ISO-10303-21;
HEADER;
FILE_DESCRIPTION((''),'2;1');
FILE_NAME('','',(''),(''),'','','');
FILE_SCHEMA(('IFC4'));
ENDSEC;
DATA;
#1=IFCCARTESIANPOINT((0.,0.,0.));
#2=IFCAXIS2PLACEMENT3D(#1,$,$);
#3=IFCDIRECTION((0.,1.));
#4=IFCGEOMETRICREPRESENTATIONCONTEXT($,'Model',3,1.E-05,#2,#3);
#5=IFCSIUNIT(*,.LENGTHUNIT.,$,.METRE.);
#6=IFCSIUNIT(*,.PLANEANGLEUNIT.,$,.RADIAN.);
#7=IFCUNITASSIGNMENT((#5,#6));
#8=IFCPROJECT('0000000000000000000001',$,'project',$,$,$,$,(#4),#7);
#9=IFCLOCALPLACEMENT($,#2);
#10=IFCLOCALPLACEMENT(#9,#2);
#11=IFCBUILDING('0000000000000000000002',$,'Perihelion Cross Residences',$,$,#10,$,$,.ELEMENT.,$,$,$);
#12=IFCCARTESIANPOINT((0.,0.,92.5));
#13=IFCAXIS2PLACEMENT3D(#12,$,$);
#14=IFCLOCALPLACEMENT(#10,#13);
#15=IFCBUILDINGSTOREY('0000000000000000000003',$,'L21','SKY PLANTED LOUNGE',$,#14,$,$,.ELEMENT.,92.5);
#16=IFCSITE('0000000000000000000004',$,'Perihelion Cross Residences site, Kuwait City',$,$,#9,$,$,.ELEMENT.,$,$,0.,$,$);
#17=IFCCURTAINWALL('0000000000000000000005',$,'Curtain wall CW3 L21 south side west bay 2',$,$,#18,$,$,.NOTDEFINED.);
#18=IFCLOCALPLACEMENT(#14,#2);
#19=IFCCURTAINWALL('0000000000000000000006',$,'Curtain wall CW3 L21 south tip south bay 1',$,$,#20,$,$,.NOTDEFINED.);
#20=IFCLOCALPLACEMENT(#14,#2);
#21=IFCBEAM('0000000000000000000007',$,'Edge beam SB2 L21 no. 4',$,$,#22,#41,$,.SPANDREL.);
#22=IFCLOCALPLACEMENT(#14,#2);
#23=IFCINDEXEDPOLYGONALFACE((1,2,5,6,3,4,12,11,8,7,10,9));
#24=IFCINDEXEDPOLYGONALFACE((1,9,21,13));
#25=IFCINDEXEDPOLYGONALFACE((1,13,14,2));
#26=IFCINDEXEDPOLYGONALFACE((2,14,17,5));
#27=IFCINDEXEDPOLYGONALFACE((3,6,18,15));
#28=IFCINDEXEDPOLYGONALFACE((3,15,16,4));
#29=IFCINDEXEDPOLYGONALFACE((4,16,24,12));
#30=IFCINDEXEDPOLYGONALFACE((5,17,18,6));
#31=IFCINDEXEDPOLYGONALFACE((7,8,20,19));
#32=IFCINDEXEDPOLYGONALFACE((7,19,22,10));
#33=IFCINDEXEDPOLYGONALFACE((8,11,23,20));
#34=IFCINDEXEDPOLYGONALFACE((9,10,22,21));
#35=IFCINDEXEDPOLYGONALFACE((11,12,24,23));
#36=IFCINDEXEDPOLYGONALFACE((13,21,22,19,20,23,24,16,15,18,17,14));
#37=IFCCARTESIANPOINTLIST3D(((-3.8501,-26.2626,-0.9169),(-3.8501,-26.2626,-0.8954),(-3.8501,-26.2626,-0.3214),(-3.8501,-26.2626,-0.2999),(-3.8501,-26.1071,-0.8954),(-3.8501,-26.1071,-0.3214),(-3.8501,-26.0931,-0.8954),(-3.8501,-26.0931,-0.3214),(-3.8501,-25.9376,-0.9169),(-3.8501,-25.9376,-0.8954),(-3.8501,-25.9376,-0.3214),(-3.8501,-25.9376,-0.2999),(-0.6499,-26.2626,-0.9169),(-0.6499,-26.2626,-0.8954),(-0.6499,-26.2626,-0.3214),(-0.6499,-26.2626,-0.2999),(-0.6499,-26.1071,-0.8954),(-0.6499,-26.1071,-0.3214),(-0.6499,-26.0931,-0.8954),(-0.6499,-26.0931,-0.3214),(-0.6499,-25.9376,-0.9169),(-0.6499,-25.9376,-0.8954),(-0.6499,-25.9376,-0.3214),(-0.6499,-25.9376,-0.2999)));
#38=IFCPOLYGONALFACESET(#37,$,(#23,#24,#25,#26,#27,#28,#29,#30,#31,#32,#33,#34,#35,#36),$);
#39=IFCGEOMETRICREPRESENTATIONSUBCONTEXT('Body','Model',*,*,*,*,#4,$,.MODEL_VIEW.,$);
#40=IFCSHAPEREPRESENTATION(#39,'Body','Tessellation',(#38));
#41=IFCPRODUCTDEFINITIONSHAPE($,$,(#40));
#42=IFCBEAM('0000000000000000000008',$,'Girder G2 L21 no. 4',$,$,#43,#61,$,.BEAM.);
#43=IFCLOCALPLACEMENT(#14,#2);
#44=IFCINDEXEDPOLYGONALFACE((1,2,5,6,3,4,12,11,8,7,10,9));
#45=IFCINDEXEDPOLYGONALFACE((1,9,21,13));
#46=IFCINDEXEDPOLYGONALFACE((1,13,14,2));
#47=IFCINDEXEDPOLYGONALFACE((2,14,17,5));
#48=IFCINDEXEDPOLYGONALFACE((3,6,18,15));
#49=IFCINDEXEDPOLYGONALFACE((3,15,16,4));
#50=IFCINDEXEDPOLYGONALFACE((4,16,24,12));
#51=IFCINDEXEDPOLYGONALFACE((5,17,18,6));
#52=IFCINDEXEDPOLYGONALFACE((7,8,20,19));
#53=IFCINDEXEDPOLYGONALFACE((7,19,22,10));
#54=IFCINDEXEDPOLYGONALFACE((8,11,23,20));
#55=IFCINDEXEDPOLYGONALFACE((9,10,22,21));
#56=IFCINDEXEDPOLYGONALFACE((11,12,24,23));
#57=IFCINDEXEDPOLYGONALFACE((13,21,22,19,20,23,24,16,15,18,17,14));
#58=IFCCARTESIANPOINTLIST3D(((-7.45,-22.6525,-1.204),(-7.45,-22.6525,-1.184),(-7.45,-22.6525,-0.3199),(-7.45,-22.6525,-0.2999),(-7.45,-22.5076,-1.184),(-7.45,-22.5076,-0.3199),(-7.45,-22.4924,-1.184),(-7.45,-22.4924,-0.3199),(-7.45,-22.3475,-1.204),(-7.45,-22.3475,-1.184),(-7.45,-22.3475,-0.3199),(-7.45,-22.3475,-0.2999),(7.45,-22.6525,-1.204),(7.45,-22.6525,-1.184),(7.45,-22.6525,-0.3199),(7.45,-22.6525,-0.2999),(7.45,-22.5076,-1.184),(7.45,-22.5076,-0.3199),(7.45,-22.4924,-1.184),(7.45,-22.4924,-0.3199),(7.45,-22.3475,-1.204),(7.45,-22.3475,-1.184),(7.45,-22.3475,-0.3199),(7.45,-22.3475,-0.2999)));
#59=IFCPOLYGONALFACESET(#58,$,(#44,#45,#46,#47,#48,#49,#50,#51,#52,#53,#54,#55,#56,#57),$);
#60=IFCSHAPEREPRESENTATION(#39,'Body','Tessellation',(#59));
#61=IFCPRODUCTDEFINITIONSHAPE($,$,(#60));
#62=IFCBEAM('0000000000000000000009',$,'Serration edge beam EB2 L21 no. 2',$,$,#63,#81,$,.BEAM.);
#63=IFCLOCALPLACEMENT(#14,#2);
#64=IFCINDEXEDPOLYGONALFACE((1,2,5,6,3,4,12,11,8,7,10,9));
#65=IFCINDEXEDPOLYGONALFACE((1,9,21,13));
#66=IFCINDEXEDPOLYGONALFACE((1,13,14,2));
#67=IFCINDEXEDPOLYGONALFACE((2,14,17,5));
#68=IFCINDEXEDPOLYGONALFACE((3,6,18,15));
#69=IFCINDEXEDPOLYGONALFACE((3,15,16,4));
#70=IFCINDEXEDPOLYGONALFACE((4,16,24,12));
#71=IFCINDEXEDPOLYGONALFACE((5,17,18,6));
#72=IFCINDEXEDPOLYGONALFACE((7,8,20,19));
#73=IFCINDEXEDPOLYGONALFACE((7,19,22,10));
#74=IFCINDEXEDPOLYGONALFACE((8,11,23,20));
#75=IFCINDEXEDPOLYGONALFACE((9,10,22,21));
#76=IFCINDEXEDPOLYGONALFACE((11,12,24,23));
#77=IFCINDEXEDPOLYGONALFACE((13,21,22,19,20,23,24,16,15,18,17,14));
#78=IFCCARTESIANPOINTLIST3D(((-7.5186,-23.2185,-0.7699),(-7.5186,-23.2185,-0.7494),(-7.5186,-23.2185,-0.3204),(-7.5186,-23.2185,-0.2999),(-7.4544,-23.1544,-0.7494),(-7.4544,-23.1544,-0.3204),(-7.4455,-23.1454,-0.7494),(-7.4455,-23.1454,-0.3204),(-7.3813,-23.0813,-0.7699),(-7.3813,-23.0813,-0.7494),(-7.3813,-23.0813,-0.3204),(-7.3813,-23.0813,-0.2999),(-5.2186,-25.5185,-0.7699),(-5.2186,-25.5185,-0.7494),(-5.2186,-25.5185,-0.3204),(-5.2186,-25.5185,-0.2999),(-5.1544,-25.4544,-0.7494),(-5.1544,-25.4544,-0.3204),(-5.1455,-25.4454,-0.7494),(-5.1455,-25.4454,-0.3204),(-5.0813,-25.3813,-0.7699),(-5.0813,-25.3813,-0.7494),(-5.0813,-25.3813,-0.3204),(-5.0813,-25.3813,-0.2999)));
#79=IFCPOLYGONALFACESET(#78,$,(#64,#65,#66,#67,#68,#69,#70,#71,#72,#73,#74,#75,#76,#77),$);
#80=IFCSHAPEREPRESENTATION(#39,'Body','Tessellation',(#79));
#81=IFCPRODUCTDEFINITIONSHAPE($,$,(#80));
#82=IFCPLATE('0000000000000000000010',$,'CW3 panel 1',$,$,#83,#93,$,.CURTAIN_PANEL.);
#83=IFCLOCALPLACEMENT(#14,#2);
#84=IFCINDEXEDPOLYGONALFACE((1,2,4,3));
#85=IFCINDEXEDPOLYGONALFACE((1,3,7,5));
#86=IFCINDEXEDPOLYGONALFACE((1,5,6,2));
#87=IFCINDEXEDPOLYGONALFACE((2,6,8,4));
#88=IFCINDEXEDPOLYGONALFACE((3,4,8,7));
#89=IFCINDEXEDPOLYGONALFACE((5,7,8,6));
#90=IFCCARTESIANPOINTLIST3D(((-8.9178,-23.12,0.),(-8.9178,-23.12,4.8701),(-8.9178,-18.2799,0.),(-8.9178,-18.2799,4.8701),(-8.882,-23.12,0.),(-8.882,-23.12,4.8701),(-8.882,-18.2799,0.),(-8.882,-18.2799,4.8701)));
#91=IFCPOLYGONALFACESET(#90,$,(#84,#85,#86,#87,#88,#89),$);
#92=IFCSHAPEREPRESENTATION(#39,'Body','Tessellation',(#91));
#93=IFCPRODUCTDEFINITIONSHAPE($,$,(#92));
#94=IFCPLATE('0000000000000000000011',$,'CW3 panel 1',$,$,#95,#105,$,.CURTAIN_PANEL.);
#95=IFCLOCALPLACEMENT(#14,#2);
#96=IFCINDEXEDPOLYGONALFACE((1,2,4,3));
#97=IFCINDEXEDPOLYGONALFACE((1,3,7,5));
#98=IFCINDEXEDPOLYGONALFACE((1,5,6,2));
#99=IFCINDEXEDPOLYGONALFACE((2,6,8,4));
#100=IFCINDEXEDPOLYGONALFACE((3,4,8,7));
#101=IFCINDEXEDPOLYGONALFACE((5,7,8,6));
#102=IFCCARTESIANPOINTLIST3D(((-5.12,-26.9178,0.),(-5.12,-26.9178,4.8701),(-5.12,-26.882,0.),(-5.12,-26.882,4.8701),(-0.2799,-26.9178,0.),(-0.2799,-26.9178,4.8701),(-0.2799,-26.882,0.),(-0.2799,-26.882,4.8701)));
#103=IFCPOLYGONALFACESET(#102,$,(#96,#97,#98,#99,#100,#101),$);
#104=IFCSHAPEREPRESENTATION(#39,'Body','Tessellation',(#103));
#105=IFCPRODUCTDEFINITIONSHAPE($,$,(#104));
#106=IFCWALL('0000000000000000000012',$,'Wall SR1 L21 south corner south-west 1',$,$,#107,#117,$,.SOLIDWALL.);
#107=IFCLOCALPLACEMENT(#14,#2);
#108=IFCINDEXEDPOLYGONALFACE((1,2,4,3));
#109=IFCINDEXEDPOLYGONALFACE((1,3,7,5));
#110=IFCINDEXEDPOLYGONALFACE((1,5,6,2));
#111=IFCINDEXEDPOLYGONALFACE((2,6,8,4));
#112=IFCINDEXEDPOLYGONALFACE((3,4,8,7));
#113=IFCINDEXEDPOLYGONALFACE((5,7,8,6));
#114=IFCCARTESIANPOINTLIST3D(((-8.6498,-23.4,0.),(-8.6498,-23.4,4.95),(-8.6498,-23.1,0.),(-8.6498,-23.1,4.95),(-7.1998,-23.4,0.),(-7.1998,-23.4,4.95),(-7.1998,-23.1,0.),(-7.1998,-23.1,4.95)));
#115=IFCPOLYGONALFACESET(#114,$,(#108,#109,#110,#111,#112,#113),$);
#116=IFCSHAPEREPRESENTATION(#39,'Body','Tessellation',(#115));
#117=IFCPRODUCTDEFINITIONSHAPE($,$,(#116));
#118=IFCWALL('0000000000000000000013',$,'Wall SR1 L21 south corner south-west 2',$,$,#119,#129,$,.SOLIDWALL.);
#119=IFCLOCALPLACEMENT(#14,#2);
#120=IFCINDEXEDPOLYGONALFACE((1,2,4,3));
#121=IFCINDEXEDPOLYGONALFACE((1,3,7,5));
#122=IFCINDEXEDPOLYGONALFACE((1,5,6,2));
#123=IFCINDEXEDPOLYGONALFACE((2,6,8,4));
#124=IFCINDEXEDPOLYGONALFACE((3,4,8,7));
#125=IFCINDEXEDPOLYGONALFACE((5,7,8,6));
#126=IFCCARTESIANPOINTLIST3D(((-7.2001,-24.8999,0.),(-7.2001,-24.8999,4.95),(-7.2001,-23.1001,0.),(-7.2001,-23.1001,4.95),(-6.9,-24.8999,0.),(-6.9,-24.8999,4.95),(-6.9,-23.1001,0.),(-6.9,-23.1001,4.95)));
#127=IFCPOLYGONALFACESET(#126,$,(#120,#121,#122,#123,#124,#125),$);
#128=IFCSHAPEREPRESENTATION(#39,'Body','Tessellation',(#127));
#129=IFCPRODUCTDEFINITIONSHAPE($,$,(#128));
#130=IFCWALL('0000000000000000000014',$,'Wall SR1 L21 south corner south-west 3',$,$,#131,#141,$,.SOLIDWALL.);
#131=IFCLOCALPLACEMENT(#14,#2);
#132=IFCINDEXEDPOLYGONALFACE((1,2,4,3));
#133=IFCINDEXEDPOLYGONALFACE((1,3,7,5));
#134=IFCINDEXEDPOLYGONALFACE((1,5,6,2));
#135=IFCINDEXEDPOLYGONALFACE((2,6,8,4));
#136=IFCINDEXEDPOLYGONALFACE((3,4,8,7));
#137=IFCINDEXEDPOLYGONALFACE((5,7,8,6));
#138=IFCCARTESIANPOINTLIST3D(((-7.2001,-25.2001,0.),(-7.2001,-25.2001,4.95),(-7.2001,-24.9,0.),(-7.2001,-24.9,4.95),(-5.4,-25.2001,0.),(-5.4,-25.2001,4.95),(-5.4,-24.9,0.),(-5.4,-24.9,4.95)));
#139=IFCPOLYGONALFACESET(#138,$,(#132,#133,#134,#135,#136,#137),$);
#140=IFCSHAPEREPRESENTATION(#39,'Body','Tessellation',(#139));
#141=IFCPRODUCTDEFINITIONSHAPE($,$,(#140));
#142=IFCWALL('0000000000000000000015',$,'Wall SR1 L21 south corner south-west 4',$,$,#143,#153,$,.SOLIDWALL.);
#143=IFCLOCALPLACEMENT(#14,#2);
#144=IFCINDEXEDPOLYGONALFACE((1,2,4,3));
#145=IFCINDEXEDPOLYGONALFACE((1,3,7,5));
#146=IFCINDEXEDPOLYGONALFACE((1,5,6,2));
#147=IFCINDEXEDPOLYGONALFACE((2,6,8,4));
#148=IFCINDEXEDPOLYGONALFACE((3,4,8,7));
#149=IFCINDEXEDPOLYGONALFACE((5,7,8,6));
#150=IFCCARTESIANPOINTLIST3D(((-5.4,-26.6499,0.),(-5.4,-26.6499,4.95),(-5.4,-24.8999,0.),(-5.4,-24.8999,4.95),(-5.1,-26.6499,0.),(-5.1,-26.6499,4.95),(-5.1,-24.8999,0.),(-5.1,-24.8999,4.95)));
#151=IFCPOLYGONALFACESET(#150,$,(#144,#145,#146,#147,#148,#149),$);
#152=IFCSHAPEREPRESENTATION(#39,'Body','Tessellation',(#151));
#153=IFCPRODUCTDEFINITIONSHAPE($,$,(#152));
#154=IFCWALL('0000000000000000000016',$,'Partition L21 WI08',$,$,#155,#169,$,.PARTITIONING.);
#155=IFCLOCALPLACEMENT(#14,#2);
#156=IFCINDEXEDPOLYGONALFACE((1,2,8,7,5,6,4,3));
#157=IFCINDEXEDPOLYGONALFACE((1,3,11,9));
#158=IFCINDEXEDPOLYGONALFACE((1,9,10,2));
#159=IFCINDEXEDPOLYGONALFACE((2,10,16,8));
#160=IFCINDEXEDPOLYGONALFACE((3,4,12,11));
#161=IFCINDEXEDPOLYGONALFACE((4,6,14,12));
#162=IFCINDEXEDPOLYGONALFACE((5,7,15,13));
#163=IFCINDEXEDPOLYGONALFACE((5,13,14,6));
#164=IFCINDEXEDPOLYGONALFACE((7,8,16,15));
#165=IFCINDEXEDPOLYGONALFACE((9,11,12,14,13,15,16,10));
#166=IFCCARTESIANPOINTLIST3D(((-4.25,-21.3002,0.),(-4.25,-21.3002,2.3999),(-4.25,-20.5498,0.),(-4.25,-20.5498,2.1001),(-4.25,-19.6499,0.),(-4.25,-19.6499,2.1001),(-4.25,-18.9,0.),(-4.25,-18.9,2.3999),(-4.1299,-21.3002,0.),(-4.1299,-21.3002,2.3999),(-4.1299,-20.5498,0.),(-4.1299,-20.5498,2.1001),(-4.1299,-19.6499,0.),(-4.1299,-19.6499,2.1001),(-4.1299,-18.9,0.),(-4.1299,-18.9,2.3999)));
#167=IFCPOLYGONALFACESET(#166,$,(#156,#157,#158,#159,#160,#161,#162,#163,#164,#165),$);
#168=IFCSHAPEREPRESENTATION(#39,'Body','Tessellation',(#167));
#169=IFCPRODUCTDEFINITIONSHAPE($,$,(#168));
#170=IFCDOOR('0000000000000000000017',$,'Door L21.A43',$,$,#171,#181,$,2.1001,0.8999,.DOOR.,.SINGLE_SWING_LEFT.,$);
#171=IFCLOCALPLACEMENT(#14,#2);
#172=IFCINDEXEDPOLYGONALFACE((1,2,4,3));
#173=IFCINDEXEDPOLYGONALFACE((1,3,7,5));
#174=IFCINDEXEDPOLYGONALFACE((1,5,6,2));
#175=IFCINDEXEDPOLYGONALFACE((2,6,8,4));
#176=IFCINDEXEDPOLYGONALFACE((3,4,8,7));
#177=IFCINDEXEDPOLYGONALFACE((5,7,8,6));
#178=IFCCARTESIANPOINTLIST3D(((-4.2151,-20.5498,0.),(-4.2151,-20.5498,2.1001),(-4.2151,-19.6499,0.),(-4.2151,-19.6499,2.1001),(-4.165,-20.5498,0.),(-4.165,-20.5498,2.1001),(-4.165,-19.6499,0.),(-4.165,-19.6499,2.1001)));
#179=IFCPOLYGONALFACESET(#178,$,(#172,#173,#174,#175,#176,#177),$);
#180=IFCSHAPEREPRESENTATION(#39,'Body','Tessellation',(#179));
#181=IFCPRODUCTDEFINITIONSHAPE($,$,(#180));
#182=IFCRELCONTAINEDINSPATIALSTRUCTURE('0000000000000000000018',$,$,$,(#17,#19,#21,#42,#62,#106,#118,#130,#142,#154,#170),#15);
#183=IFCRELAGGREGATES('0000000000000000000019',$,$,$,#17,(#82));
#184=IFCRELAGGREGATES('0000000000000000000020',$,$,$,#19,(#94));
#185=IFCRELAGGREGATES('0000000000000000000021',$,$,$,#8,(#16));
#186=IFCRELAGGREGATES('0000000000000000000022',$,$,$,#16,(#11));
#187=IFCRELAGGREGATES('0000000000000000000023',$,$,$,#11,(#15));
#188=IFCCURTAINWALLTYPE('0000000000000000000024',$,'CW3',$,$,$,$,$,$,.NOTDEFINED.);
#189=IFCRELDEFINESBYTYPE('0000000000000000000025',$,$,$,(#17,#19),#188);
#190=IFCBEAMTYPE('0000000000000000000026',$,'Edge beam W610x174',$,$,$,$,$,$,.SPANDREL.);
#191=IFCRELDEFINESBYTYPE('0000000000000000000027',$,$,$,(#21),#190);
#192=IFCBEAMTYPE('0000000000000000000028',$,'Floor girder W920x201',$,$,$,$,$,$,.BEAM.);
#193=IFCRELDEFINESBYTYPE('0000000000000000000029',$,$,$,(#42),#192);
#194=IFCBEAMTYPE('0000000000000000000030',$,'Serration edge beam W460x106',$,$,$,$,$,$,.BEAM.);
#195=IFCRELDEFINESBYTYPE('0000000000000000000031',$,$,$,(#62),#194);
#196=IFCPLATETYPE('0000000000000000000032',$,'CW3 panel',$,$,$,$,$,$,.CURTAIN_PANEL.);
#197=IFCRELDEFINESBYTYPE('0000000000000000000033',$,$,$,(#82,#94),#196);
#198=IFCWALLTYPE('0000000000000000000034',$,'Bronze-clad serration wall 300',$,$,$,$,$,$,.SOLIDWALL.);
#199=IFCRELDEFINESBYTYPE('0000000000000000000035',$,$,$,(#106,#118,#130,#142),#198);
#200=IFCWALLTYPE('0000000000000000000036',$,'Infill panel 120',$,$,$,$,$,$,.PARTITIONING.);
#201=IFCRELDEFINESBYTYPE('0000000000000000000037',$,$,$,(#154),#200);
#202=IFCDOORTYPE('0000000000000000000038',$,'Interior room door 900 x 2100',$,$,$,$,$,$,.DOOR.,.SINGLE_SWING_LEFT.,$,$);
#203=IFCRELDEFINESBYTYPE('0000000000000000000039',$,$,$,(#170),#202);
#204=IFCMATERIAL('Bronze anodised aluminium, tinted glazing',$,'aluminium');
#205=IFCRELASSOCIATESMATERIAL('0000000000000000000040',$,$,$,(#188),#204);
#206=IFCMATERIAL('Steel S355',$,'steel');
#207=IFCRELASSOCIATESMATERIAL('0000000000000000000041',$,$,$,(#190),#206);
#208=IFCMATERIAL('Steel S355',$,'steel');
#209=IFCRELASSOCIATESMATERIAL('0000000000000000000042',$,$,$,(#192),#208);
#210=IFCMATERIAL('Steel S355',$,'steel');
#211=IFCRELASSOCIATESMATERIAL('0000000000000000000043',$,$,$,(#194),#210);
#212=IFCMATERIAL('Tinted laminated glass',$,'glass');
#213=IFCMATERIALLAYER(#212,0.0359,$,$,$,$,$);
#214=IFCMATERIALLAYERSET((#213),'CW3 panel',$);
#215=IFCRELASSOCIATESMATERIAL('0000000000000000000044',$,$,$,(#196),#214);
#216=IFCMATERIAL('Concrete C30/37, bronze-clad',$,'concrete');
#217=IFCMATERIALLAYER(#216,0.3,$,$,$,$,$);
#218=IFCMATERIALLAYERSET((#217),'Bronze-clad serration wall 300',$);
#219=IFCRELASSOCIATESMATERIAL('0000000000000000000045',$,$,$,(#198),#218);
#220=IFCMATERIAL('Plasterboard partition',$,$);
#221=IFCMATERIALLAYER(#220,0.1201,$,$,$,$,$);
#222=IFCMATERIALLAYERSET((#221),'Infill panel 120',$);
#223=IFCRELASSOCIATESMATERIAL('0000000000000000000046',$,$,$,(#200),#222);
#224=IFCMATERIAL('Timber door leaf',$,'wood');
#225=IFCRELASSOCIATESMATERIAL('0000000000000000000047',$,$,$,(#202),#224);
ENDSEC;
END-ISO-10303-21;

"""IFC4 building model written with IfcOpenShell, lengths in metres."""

from ifc_helpers import new_model, si_unit, direction, frame, frame_2d, origin, origin_2d, place, context, subcontext, project, spatial, rectangle, i_section, extrude, material, layer, layer_set, material_profile, profile_set, type_object, element, fill, aggregate, save


model = new_model("IFC4")

# Units and contexts
model_context = context("Model", 3, precision=1e-05, world=origin(), true_north=direction((0.0, 1.0)))
body_context = subcontext(model_context, "Body", "Model", "MODEL_VIEW")
ifc_project = project(units=[si_unit("LENGTHUNIT", "METRE"), si_unit("PLANEANGLEUNIT", "RADIAN")], contexts=[model_context])

# Site, building, storey
site_placement = place(None, origin())
site = spatial("IfcSite", under=ifc_project, at=site_placement, Name="Perihelion Cross Residences site, Kuwait City", CompositionType="ELEMENT", RefElevation=0.0)
building_placement = place(site_placement, origin())
building = spatial("IfcBuilding", under=site, at=building_placement, Name="Perihelion Cross Residences", CompositionType="ELEMENT")
storey_placement = place(building_placement, frame((0.0, 0.0, 92.5)))
storey = spatial("IfcBuildingStorey", under=building, at=storey_placement, Name="L21", Description="SKY PLANTED LOUNGE", CompositionType="ELEMENT", Elevation=92.5)

# Curtain walls
ifc_material_1 = material(Name="Bronze anodised aluminium, tinted glazing", Category="aluminium")
curtain_wall_type = type_object("IfcCurtainWallType", Name="CW3", PredefinedType="NOTDEFINED", material=ifc_material_1)
curtain_wall_1_placement = place(storey_placement, origin())
curtain_wall_1 = element("IfcCurtainWall", 1, at=curtain_wall_1_placement, inside=storey, type_object=curtain_wall_type, Name="Curtain wall CW3 L21 south side west bay 2", PredefinedType="NOTDEFINED")
curtain_wall_2_placement = place(storey_placement, origin())
curtain_wall_2 = element("IfcCurtainWall", 2, at=curtain_wall_2_placement, inside=storey, type_object=curtain_wall_type, Name="Curtain wall CW3 L21 south tip south bay 1", PredefinedType="NOTDEFINED")

# Beams
ifc_material_2 = material(Name="Steel S355", Category="steel")
ifc_material_profile_1 = material_profile(ifc_material_2, i_section(OverallWidth=0.325, OverallDepth=0.6169, WebThickness=0.0139, FlangeThickness=0.0215, at=origin_2d()), Name="W610x174")
ifc_profile_set_1 = profile_set([ifc_material_profile_1], Name="Steel S355")
beam_type_1 = type_object("IfcBeamType", Name="Edge beam W610x174", PredefinedType="SPANDREL", material=ifc_profile_set_1)
beam_1_placement = place(storey_placement, frame((-3.8501, -26.1001, -0.6084), z_axis=(1.0, 0.0, 0.0), x_axis=(0.0, 1.0, 0.0)))
element("IfcBeam", 3, at=beam_1_placement, inside=storey, type_object=beam_type_1, Name="Edge beam SB2 L21 no. 4", PredefinedType="SPANDREL", context=body_context, shape_type="SweptSolid", body=[
    extrude(i_section(OverallWidth=0.325, OverallDepth=0.6169, WebThickness=0.0139, FlangeThickness=0.0215, at=origin_2d()), origin(), (0.0, 0.0, 1.0), 3.2002),
])
ifc_material_3 = material(Name="Steel S355", Category="steel")
ifc_material_profile_2 = material_profile(ifc_material_3, i_section(OverallWidth=0.3049, OverallDepth=0.9041, WebThickness=0.0151, FlangeThickness=0.02, at=origin_2d()), Name="W920x201")
ifc_profile_set_2 = profile_set([ifc_material_profile_2], Name="Steel S355")
beam_type_2 = type_object("IfcBeamType", Name="Floor girder W920x201", PredefinedType="BEAM", material=ifc_profile_set_2)
beam_2_placement = place(storey_placement, frame((-7.45, -22.5, -0.752), z_axis=(1.0, 0.0, 0.0), x_axis=(0.0, 1.0, 0.0)))
element("IfcBeam", 4, at=beam_2_placement, inside=storey, type_object=beam_type_2, Name="Girder G2 L21 no. 4", PredefinedType="BEAM", context=body_context, shape_type="SweptSolid", body=[
    extrude(i_section(OverallWidth=0.3049, OverallDepth=0.9041, WebThickness=0.0151, FlangeThickness=0.02, at=origin_2d()), origin(), (0.0, 0.0, 1.0), 14.8999),
])
ifc_material_4 = material(Name="Steel S355", Category="steel")
ifc_material_profile_3 = material_profile(ifc_material_4, i_section(OverallWidth=0.1941, OverallDepth=0.47, WebThickness=0.0127, FlangeThickness=0.0205, at=origin_2d()), Name="W460x106")
ifc_profile_set_3 = profile_set([ifc_material_profile_3], Name="Steel S355")
beam_type_3 = type_object("IfcBeamType", Name="Serration edge beam W460x106", PredefinedType="BEAM", material=ifc_profile_set_3)
beam_3_placement = place(storey_placement, frame((-7.45, -23.1499, -0.5349), z_axis=(0.707107, -0.707107, 0.0), x_axis=(0.707107, 0.707107, 0.0)))
element("IfcBeam", 5, at=beam_3_placement, inside=storey, type_object=beam_type_3, Name="Serration edge beam EB2 L21 no. 2", PredefinedType="BEAM", context=body_context, shape_type="SweptSolid", body=[
    extrude(i_section(OverallWidth=0.1941, OverallDepth=0.47, WebThickness=0.0127, FlangeThickness=0.0205, at=origin_2d()), origin(), (0.0, 0.0, 1.0), 3.2527),
])

# Plates
ifc_material_5 = material(Name="Tinted laminated glass", Category="glass")
ifc_layer_1 = layer(ifc_material_5, 0.0359)
ifc_layer_set_1 = layer_set([ifc_layer_1], Name="CW3 panel")
plate_type = type_object("IfcPlateType", Name="CW3 panel", PredefinedType="CURTAIN_PANEL", material=ifc_layer_set_1)
plate_1_placement = place(storey_placement, frame((-8.8999, -20.7, 0.0), z_axis=(0.0, 0.0, 1.0), x_axis=(0.0, -1.0, 0.0)))
plate_1 = element("IfcPlate", 6, at=plate_1_placement, type_object=plate_type, Name="CW3 panel 1", PredefinedType="CURTAIN_PANEL", context=body_context, shape_type="SweptSolid", body=[
    extrude(rectangle(XDim=4.8401, YDim=0.0359, at=origin_2d()), origin(), (0.0, 0.0, 1.0), 4.8701),
])
aggregate(curtain_wall_1, [plate_1])
plate_2_placement = place(storey_placement, frame((-2.7, -26.8999, 0.0), z_axis=(0.0, 0.0, 1.0), x_axis=(1.0, 0.0, 0.0)))
plate_2 = element("IfcPlate", 7, at=plate_2_placement, type_object=plate_type, Name="CW3 panel 1", PredefinedType="CURTAIN_PANEL", context=body_context, shape_type="SweptSolid", body=[
    extrude(rectangle(XDim=4.8401, YDim=0.0359, at=origin_2d()), origin(), (0.0, 0.0, 1.0), 4.8701),
])
aggregate(curtain_wall_2, [plate_2])

# Walls
ifc_material_6 = material(Name="Concrete C30/37, bronze-clad", Category="concrete")
ifc_layer_2 = layer(ifc_material_6, 0.3)
ifc_layer_set_2 = layer_set([ifc_layer_2], Name="Bronze-clad serration wall 300")
wall_type_1 = type_object("IfcWallType", Name="Bronze-clad serration wall 300", PredefinedType="SOLIDWALL", material=ifc_layer_set_2)
wall_1_placement = place(storey_placement, frame((-8.6499, -23.25, 0.0), z_axis=(0.0, 0.0, 1.0), x_axis=(1.0, 0.0, 0.0)))
element("IfcWall", 8, at=wall_1_placement, inside=storey, type_object=wall_type_1, Name="Wall SR1 L21 south corner south-west 1", PredefinedType="SOLIDWALL", context=body_context, shape_type="SweptSolid", body=[
    extrude(rectangle(XDim=1.45, YDim=0.3, at=frame_2d((0.7251, 0.0))), origin(), (0.0, 0.0, 1.0), 4.95),
])
wall_2_placement = place(storey_placement, frame((-7.05, -23.1001, 0.0), z_axis=(0.0, 0.0, 1.0), x_axis=(0.0, -1.0, 0.0)))
element("IfcWall", 9, at=wall_2_placement, inside=storey, type_object=wall_type_1, Name="Wall SR1 L21 south corner south-west 2", PredefinedType="SOLIDWALL", context=body_context, shape_type="SweptSolid", body=[
    extrude(rectangle(XDim=1.7998, YDim=0.3, at=frame_2d((0.8999, 0.0))), origin(), (0.0, 0.0, 1.0), 4.95),
])
wall_3_placement = place(storey_placement, frame((-7.2, -25.05, 0.0), z_axis=(0.0, 0.0, 1.0), x_axis=(1.0, 0.0, 0.0)))
element("IfcWall", 10, at=wall_3_placement, inside=storey, type_object=wall_type_1, Name="Wall SR1 L21 south corner south-west 3", PredefinedType="SOLIDWALL", context=body_context, shape_type="SweptSolid", body=[
    extrude(rectangle(XDim=1.8, YDim=0.3, at=frame_2d((0.8999, 0.0))), origin(), (0.0, 0.0, 1.0), 4.95),
])
wall_4_placement = place(storey_placement, frame((-5.25, -24.8999, 0.0), z_axis=(0.0, 0.0, 1.0), x_axis=(0.0, -1.0, 0.0)))
element("IfcWall", 11, at=wall_4_placement, inside=storey, type_object=wall_type_1, Name="Wall SR1 L21 south corner south-west 4", PredefinedType="SOLIDWALL", context=body_context, shape_type="SweptSolid", body=[
    extrude(rectangle(XDim=1.75, YDim=0.3, at=frame_2d((0.875, 0.0))), origin(), (0.0, 0.0, 1.0), 4.95),
])

# Wall, opening, door
ifc_material_7 = material(Name="Plasterboard partition")
ifc_layer_3 = layer(ifc_material_7, 0.1201)
ifc_layer_set_3 = layer_set([ifc_layer_3], Name="Infill panel 120")
wall_type_2 = type_object("IfcWallType", Name="Infill panel 120", PredefinedType="PARTITIONING", material=ifc_layer_set_3)
wall_5_placement = place(storey_placement, frame((-4.1899, -18.8999, 0.0), z_axis=(0.0, 0.0, 1.0), x_axis=(0.0, -1.0, 0.0)))
wall_5 = element("IfcWall", 12, at=wall_5_placement, inside=storey, type_object=wall_type_2, Name="Partition L21 WI08", PredefinedType="PARTITIONING", context=body_context, shape_type="SweptSolid", body=[
    extrude(rectangle(XDim=2.4001, YDim=0.1201, at=frame_2d((1.2002, 0.0))), origin(), (0.0, 0.0, 1.0), 2.3999),
])
opening_placement = place(wall_5_placement, frame((0.75, 0.0, 0.0)))
opening = element("IfcOpeningElement", 13, at=opening_placement, cuts=wall_5, PredefinedType="OPENING", context=body_context, shape_type="SweptSolid", body=[
    extrude(rectangle(XDim=0.8999, YDim=2.1001, at=frame_2d((0.45, 1.05))), frame((0.0, 0.0701, 0.0), z_axis=(0.0, -1.0, 0.0), x_axis=(1.0, 0.0, 0.0)), (0.0, 0.0, 1.0), 0.1401),
])
ifc_material_8 = material(Name="Timber door leaf", Category="wood")
door_type = type_object("IfcDoorType", Name="Interior room door 900 x 2100", OperationType="SINGLE_SWING_LEFT", PredefinedType="DOOR", material=ifc_material_8)
door_placement = place(opening_placement, origin())
door = element("IfcDoor", 14, at=door_placement, inside=storey, type_object=door_type, Name="Door L21.A43", OperationType="SINGLE_SWING_LEFT", OverallHeight=2.1001, OverallWidth=0.8999, PredefinedType="DOOR", context=body_context, shape_type="SweptSolid", body=[
    extrude(rectangle(XDim=0.8999, YDim=2.1001, at=frame_2d((0.45, 1.05))), frame((0.0, 0.0249, 0.0), z_axis=(0.0, -1.0, 0.0), x_axis=(1.0, 0.0, 0.0)), (0.0, 0.0, 1.0), 0.05),
])
fill(opening, door)

save(model, "model.ifc")
